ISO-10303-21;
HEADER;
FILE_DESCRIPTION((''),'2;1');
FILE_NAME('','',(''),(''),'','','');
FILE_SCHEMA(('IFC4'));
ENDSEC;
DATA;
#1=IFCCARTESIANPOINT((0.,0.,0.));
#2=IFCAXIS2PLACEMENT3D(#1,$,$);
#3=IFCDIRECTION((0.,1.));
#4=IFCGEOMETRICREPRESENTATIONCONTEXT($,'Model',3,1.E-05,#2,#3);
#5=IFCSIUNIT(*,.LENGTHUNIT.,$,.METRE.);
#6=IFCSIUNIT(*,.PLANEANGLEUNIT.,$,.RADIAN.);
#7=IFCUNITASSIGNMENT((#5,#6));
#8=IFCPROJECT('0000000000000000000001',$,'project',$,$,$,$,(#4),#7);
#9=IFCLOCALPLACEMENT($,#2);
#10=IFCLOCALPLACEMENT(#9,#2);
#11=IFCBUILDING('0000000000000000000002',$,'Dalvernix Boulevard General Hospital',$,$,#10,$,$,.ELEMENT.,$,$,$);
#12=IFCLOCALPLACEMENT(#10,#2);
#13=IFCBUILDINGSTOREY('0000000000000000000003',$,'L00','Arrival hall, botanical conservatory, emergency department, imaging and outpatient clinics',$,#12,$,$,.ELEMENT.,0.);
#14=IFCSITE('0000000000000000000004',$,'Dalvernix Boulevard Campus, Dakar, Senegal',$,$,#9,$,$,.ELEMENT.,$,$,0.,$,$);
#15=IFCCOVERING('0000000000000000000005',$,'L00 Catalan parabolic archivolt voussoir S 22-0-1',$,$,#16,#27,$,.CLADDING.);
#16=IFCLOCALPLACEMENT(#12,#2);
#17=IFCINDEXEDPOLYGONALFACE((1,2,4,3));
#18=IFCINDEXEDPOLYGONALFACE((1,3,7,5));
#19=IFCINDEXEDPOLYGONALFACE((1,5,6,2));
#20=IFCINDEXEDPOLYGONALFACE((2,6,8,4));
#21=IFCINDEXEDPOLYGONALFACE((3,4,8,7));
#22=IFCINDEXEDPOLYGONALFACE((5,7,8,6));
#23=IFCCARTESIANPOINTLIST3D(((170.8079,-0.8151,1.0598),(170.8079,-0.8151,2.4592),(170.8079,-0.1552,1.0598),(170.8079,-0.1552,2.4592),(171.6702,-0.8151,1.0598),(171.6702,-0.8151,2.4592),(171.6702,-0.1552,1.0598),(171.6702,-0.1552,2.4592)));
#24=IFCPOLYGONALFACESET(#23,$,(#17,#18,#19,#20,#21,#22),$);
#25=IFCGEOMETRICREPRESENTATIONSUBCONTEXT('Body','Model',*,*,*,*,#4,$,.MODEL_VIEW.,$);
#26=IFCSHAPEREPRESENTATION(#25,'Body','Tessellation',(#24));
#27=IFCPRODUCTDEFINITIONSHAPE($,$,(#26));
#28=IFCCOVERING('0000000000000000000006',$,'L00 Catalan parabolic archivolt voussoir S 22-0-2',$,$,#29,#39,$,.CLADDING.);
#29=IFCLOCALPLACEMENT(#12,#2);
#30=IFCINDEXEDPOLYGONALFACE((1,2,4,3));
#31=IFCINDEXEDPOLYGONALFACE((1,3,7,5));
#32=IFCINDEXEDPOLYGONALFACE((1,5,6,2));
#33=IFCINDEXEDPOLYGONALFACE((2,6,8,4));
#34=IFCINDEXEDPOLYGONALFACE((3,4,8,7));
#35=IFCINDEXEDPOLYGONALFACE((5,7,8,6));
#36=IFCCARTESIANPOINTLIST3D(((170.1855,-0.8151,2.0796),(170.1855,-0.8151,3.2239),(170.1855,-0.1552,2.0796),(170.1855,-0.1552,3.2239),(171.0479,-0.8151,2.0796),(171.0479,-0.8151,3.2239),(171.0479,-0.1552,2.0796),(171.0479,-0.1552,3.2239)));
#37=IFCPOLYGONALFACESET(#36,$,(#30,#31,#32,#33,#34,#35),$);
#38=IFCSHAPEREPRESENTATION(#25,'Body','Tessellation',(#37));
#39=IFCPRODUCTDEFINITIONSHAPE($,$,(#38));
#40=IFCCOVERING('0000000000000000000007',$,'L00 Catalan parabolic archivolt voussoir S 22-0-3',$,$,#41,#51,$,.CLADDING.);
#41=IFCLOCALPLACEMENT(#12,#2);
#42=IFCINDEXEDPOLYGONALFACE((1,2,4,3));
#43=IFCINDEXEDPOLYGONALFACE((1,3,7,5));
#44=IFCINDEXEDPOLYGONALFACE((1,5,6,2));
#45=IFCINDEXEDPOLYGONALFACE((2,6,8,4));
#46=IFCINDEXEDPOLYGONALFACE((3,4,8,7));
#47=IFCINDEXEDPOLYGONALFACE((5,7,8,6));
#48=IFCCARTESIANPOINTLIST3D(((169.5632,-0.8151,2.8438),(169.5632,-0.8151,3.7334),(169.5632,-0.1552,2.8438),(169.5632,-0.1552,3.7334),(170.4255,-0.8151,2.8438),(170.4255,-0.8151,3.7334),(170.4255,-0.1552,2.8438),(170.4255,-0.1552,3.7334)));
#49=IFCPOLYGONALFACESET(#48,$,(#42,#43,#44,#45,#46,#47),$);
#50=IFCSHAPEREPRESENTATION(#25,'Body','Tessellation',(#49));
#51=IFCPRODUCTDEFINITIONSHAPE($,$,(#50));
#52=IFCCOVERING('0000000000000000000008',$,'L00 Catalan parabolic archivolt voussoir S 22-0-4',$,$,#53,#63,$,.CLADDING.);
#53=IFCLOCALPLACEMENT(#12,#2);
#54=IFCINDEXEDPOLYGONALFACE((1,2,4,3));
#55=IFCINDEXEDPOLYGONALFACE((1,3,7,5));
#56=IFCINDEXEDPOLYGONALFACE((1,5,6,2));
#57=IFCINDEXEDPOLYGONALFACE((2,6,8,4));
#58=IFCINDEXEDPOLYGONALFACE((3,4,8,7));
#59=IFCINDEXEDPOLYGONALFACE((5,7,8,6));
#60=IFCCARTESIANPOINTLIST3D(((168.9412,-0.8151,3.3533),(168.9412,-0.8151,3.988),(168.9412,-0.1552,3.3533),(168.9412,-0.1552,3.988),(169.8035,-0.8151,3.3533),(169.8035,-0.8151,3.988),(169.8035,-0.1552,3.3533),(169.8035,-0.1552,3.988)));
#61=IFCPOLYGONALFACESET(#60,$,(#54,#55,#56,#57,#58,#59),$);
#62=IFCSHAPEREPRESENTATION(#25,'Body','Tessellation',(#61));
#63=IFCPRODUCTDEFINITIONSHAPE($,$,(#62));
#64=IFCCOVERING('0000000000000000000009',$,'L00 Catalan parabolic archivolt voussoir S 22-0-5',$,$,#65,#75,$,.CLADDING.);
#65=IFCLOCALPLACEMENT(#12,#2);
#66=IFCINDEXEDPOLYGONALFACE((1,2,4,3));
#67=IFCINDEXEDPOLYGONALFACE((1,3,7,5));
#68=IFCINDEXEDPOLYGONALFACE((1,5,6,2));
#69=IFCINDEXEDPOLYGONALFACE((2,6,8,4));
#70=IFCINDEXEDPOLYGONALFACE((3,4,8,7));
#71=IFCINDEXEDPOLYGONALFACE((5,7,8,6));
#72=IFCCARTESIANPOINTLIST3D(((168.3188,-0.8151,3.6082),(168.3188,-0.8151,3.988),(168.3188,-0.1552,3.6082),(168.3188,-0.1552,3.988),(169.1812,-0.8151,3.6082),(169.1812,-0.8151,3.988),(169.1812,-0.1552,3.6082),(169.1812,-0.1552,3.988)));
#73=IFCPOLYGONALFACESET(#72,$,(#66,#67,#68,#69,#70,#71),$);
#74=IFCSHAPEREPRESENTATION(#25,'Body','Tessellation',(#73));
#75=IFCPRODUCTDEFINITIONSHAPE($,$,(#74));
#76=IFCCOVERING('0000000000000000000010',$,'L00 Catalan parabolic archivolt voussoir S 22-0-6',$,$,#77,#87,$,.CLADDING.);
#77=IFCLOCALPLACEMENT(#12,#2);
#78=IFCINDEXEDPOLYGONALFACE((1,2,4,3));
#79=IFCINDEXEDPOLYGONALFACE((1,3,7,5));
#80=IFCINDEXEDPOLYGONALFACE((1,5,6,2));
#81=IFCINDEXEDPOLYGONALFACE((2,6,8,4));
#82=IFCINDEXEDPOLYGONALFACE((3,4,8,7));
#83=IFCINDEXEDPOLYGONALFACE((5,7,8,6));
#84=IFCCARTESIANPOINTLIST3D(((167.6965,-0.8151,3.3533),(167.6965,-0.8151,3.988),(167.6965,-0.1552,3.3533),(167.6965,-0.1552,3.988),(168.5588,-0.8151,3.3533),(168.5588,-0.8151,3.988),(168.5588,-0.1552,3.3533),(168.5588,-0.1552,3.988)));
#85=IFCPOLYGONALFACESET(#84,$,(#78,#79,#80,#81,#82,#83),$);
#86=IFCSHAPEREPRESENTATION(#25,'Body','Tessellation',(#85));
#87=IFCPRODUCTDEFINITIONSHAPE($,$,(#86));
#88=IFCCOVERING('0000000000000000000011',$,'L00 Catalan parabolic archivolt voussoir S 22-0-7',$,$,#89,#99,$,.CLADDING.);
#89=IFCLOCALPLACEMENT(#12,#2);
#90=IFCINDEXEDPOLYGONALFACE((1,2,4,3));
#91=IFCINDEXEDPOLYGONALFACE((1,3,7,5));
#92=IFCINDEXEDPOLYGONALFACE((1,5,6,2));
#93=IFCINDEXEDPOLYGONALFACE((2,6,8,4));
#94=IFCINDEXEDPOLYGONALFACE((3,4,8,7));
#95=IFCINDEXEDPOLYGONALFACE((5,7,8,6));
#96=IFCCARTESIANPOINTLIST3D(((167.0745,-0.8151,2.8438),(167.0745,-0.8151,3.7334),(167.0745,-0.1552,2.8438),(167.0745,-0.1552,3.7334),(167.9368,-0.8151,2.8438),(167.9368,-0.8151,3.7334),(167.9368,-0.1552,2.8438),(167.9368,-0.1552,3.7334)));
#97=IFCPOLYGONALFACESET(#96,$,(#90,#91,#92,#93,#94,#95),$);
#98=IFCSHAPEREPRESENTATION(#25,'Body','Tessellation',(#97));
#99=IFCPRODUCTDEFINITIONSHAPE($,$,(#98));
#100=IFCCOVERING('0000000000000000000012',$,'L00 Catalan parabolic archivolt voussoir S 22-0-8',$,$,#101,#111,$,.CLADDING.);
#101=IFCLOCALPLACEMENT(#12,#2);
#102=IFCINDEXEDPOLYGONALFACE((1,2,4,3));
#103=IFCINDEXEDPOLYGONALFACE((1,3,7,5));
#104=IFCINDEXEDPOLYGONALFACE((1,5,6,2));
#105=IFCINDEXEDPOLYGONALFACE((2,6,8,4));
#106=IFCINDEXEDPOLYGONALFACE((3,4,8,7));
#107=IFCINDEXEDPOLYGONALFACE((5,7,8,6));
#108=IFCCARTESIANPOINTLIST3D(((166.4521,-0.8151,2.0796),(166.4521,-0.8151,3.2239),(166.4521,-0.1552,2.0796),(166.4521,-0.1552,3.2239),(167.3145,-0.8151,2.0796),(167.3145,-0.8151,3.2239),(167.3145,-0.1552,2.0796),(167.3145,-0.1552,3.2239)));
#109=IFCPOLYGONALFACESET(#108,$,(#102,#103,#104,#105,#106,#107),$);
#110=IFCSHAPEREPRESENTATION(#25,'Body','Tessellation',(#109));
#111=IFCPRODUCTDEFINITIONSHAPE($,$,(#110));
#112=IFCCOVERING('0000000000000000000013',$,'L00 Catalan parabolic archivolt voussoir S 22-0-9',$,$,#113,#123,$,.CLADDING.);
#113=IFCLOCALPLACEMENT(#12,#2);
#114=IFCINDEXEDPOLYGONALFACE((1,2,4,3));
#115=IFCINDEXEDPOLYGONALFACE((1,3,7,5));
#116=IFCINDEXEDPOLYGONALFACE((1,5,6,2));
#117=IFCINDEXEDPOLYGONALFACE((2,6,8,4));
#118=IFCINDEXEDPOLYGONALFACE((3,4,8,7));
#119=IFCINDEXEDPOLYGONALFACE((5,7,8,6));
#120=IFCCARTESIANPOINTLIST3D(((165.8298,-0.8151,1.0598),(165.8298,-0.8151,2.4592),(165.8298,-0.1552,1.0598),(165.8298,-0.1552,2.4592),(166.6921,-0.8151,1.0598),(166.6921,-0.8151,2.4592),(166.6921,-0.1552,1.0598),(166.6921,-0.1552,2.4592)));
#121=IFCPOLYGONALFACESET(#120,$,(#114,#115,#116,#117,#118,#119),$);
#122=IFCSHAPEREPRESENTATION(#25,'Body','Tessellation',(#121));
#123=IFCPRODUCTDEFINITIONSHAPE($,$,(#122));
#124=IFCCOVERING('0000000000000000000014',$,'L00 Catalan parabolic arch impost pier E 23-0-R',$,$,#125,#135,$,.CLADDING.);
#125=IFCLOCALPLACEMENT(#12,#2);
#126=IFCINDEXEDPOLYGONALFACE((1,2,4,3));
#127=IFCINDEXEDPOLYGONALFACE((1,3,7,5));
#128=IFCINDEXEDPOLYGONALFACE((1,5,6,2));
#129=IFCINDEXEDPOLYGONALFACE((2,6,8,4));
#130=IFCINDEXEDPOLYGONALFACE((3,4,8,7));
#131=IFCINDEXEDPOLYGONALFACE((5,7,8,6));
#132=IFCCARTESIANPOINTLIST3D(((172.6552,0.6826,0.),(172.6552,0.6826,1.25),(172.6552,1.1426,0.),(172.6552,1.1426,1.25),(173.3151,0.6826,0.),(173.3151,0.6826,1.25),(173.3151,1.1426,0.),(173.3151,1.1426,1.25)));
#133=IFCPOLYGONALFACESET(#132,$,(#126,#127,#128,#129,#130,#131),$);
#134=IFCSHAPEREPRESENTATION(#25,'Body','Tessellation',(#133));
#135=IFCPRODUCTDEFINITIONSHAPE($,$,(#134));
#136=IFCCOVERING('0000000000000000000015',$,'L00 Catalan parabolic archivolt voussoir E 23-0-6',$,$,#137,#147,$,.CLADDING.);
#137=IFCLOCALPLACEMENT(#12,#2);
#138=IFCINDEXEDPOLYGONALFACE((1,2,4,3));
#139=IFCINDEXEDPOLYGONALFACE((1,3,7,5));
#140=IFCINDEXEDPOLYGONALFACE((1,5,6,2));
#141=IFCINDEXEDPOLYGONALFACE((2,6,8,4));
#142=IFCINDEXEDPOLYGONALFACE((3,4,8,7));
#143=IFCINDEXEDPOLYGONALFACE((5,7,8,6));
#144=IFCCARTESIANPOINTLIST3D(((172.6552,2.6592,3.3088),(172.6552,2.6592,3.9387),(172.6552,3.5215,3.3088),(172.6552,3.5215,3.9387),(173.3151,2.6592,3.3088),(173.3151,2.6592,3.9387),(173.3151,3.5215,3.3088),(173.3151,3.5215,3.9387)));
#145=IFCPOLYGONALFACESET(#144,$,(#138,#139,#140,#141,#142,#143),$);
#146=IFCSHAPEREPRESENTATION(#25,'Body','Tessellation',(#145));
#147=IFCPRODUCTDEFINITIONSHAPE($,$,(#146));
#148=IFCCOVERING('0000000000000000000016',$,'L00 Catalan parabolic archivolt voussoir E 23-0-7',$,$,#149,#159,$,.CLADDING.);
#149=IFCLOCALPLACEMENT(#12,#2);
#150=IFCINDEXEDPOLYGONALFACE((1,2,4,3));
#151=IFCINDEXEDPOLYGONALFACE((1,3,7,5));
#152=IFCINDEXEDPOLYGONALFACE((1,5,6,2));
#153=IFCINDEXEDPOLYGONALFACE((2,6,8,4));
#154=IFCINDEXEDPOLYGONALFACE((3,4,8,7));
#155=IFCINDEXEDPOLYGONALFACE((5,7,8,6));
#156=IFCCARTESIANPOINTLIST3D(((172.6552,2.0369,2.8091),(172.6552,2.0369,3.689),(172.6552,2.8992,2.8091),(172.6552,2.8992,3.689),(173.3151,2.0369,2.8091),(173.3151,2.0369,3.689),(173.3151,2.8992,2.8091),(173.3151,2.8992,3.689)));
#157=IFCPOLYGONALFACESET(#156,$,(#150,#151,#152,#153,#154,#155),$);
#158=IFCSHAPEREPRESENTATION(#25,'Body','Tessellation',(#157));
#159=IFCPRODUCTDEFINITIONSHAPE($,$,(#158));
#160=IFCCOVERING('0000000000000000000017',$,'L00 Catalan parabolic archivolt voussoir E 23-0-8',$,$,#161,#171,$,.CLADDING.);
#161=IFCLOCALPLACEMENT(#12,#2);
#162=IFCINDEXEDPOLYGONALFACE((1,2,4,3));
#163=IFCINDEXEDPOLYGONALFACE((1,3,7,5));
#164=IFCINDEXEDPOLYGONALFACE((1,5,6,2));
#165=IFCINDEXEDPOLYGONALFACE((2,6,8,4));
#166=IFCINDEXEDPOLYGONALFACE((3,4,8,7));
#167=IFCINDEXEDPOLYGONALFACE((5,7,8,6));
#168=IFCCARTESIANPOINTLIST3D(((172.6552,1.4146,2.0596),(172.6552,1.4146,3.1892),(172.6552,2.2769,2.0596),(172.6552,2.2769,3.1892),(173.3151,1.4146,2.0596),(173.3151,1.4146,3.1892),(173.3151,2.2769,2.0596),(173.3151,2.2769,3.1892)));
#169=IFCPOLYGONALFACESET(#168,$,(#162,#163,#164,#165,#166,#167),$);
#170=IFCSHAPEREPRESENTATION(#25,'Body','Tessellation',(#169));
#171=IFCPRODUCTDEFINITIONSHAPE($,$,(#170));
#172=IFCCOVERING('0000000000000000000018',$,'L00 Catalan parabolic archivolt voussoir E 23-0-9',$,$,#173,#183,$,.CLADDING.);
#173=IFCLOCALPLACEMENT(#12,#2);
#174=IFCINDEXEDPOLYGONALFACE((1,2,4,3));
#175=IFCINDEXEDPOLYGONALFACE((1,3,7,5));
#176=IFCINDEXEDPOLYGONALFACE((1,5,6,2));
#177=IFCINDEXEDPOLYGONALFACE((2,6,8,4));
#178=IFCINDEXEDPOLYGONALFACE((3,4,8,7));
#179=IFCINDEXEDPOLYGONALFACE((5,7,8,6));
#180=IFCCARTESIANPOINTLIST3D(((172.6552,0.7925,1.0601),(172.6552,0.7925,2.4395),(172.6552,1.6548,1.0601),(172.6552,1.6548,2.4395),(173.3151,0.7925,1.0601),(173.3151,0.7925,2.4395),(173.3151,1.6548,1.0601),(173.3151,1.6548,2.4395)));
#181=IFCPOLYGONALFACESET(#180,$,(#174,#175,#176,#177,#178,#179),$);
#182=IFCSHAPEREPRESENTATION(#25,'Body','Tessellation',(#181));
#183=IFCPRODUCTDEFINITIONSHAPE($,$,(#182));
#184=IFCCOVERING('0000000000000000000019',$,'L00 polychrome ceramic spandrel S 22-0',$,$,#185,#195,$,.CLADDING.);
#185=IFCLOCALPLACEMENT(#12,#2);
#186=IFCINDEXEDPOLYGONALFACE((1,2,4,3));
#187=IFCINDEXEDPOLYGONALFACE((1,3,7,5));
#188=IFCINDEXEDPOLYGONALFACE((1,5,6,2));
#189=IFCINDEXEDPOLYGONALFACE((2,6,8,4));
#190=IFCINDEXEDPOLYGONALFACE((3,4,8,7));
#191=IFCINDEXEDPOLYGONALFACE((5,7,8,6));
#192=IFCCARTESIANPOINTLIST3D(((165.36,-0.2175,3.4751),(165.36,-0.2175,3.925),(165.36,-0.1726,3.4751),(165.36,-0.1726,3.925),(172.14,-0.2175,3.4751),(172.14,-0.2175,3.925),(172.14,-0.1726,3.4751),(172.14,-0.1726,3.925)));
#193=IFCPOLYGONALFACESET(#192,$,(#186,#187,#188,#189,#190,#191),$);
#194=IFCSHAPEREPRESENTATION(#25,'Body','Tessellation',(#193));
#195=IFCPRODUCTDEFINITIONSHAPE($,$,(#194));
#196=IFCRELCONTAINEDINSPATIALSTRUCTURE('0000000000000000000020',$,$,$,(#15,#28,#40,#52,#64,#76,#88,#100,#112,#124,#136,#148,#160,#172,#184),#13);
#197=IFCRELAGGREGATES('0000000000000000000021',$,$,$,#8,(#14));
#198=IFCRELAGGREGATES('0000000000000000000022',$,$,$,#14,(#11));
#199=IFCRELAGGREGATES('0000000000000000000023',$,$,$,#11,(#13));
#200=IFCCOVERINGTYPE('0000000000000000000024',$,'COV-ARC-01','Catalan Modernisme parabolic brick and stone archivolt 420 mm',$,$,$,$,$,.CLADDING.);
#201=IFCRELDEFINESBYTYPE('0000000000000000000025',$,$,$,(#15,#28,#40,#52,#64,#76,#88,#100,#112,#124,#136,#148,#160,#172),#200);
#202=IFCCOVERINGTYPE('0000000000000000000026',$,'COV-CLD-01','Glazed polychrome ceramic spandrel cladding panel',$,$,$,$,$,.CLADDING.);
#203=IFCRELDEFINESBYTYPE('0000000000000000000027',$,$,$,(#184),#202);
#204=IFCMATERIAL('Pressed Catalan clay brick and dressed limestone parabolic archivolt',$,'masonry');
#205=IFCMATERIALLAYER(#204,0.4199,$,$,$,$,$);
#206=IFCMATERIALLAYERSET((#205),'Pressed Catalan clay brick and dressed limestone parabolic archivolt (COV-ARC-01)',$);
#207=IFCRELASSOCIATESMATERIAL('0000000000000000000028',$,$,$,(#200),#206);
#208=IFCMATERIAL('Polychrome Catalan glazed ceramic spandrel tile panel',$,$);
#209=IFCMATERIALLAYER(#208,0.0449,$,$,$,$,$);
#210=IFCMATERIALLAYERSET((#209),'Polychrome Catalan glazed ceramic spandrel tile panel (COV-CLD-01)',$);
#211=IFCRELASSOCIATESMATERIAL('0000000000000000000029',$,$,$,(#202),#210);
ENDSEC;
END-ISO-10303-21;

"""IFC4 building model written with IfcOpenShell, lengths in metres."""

from ifc_helpers import new_model, si_unit, direction, frame, origin, origin_2d, place, context, subcontext, project, spatial, rectangle, extrude, material, layer, layer_set, type_object, element, save


model = new_model("IFC4")

# Units and contexts
model_context = context("Model", 3, precision=1e-05, world=origin(), true_north=direction((0.0, 1.0)))
body_context = subcontext(model_context, "Body", "Model", "MODEL_VIEW")
ifc_project = project(units=[si_unit("LENGTHUNIT", "METRE"), si_unit("PLANEANGLEUNIT", "RADIAN")], contexts=[model_context])

# Site, building, storey
site_placement = place(None, origin())
site = spatial("IfcSite", under=ifc_project, at=site_placement, Name="Dalvernix Boulevard Campus, Dakar, Senegal", CompositionType="ELEMENT", RefElevation=0.0)
building_placement = place(site_placement, origin())
building = spatial("IfcBuilding", under=site, at=building_placement, Name="Dalvernix Boulevard General Hospital", CompositionType="ELEMENT")
storey_placement = place(building_placement, origin())
storey = spatial("IfcBuildingStorey", under=building, at=storey_placement, Name="L00", Description="Arrival hall, botanical conservatory, emergency department, imaging and outpatient clinics", CompositionType="ELEMENT", Elevation=0.0)

# Coverings
ifc_material_1 = material(Name="Pressed Catalan clay brick and dressed limestone parabolic archivolt", Category="masonry")
ifc_layer_1 = layer(ifc_material_1, 0.4199)
ifc_layer_set_1 = layer_set([ifc_layer_1], Name="Pressed Catalan clay brick and dressed limestone parabolic archivolt (COV-ARC-01)")
covering_type_1 = type_object("IfcCoveringType", Name="COV-ARC-01", Description="Catalan Modernisme parabolic brick and stone archivolt 420 mm", PredefinedType="CLADDING", material=ifc_layer_set_1)
covering_1_placement = place(storey_placement, frame((171.239, -0.4851, 1.0598), z_axis=(0.0, 0.0, 1.0), x_axis=(-1.0, 0.0, 0.0)))
element("IfcCovering", 1, at=covering_1_placement, inside=storey, type_object=covering_type_1, Name="L00 Catalan parabolic archivolt voussoir S 22-0-1", PredefinedType="CLADDING", context=body_context, shape_type="SweptSolid", body=[
    extrude(rectangle(XDim=0.8623, YDim=0.6599, at=origin_2d()), origin(), (0.0, 0.0, 1.0), 1.3994),
])
covering_2_placement = place(storey_placement, frame((170.6167, -0.4851, 2.0796), z_axis=(0.0, 0.0, 1.0), x_axis=(-1.0, 0.0, 0.0)))
element("IfcCovering", 2, at=covering_2_placement, inside=storey, type_object=covering_type_1, Name="L00 Catalan parabolic archivolt voussoir S 22-0-2", PredefinedType="CLADDING", context=body_context, shape_type="SweptSolid", body=[
    extrude(rectangle(XDim=0.8623, YDim=0.6599, at=origin_2d()), origin(), (0.0, 0.0, 1.0), 1.1443),
])
covering_3_placement = place(storey_placement, frame((169.9944, -0.4851, 2.8438), z_axis=(0.0, 0.0, 1.0), x_axis=(-1.0, 0.0, 0.0)))
element("IfcCovering", 3, at=covering_3_placement, inside=storey, type_object=covering_type_1, Name="L00 Catalan parabolic archivolt voussoir S 22-0-3", PredefinedType="CLADDING", context=body_context, shape_type="SweptSolid", body=[
    extrude(rectangle(XDim=0.8623, YDim=0.6599, at=origin_2d()), origin(), (0.0, 0.0, 1.0), 0.8896),
])
covering_4_placement = place(storey_placement, frame((169.3723, -0.4851, 3.3533), z_axis=(0.0, 0.0, 1.0), x_axis=(-1.0, 0.0, 0.0)))
element("IfcCovering", 4, at=covering_4_placement, inside=storey, type_object=covering_type_1, Name="L00 Catalan parabolic archivolt voussoir S 22-0-4", PredefinedType="CLADDING", context=body_context, shape_type="SweptSolid", body=[
    extrude(rectangle(XDim=0.8623, YDim=0.6599, at=origin_2d()), origin(), (0.0, 0.0, 1.0), 0.6348),
])
covering_5_placement = place(storey_placement, frame((168.75, -0.4851, 3.6082), z_axis=(0.0, 0.0, 1.0), x_axis=(-1.0, 0.0, 0.0)))
element("IfcCovering", 5, at=covering_5_placement, inside=storey, type_object=covering_type_1, Name="L00 Catalan parabolic archivolt voussoir S 22-0-5", PredefinedType="CLADDING", context=body_context, shape_type="SweptSolid", body=[
    extrude(rectangle(XDim=0.8623, YDim=0.6599, at=origin_2d()), origin(), (0.0, 0.0, 1.0), 0.3799),
])
covering_6_placement = place(storey_placement, frame((168.1277, -0.4851, 3.3533), z_axis=(0.0, 0.0, 1.0), x_axis=(-1.0, 0.0, 0.0)))
element("IfcCovering", 6, at=covering_6_placement, inside=storey, type_object=covering_type_1, Name="L00 Catalan parabolic archivolt voussoir S 22-0-6", PredefinedType="CLADDING", context=body_context, shape_type="SweptSolid", body=[
    extrude(rectangle(XDim=0.8623, YDim=0.6599, at=origin_2d()), origin(), (0.0, 0.0, 1.0), 0.6348),
])
covering_7_placement = place(storey_placement, frame((167.5056, -0.4851, 2.8438), z_axis=(0.0, 0.0, 1.0), x_axis=(-1.0, 0.0, 0.0)))
element("IfcCovering", 7, at=covering_7_placement, inside=storey, type_object=covering_type_1, Name="L00 Catalan parabolic archivolt voussoir S 22-0-7", PredefinedType="CLADDING", context=body_context, shape_type="SweptSolid", body=[
    extrude(rectangle(XDim=0.8623, YDim=0.6599, at=origin_2d()), origin(), (0.0, 0.0, 1.0), 0.8896),
])
covering_8_placement = place(storey_placement, frame((166.8833, -0.4851, 2.0796), z_axis=(0.0, 0.0, 1.0), x_axis=(-1.0, 0.0, 0.0)))
element("IfcCovering", 8, at=covering_8_placement, inside=storey, type_object=covering_type_1, Name="L00 Catalan parabolic archivolt voussoir S 22-0-8", PredefinedType="CLADDING", context=body_context, shape_type="SweptSolid", body=[
    extrude(rectangle(XDim=0.8623, YDim=0.6599, at=origin_2d()), origin(), (0.0, 0.0, 1.0), 1.1443),
])
covering_9_placement = place(storey_placement, frame((166.261, -0.4851, 1.0598), z_axis=(0.0, 0.0, 1.0), x_axis=(-1.0, 0.0, 0.0)))
element("IfcCovering", 9, at=covering_9_placement, inside=storey, type_object=covering_type_1, Name="L00 Catalan parabolic archivolt voussoir S 22-0-9", PredefinedType="CLADDING", context=body_context, shape_type="SweptSolid", body=[
    extrude(rectangle(XDim=0.8623, YDim=0.6599, at=origin_2d()), origin(), (0.0, 0.0, 1.0), 1.3994),
])
covering_10_placement = place(storey_placement, frame((172.9851, 0.9126, 0.0), z_axis=(0.0, 0.0, 1.0), x_axis=(0.0, -1.0, 0.0)))
element("IfcCovering", 10, at=covering_10_placement, inside=storey, type_object=covering_type_1, Name="L00 Catalan parabolic arch impost pier E 23-0-R", PredefinedType="CLADDING", context=body_context, shape_type="SweptSolid", body=[
    extrude(rectangle(XDim=0.46, YDim=0.6599, at=origin_2d()), origin(), (0.0, 0.0, 1.0), 1.25),
])
covering_11_placement = place(storey_placement, frame((172.9851, 3.0903, 3.3088), z_axis=(0.0, 0.0, 1.0), x_axis=(0.0, -1.0, 0.0)))
element("IfcCovering", 11, at=covering_11_placement, inside=storey, type_object=covering_type_1, Name="L00 Catalan parabolic archivolt voussoir E 23-0-6", PredefinedType="CLADDING", context=body_context, shape_type="SweptSolid", body=[
    extrude(rectangle(XDim=0.8623, YDim=0.6599, at=origin_2d()), origin(), (0.0, 0.0, 1.0), 0.6299),
])
covering_12_placement = place(storey_placement, frame((172.9851, 2.468, 2.8091), z_axis=(0.0, 0.0, 1.0), x_axis=(0.0, -1.0, 0.0)))
element("IfcCovering", 12, at=covering_12_placement, inside=storey, type_object=covering_type_1, Name="L00 Catalan parabolic archivolt voussoir E 23-0-7", PredefinedType="CLADDING", context=body_context, shape_type="SweptSolid", body=[
    extrude(rectangle(XDim=0.8623, YDim=0.6599, at=origin_2d()), origin(), (0.0, 0.0, 1.0), 0.8799),
])
covering_13_placement = place(storey_placement, frame((172.9851, 1.8457, 2.0596), z_axis=(0.0, 0.0, 1.0), x_axis=(0.0, -1.0, 0.0)))
element("IfcCovering", 13, at=covering_13_placement, inside=storey, type_object=covering_type_1, Name="L00 Catalan parabolic archivolt voussoir E 23-0-8", PredefinedType="CLADDING", context=body_context, shape_type="SweptSolid", body=[
    extrude(rectangle(XDim=0.8623, YDim=0.6599, at=origin_2d()), origin(), (0.0, 0.0, 1.0), 1.1296),
])
covering_14_placement = place(storey_placement, frame((172.9851, 1.2236, 1.0601), z_axis=(0.0, 0.0, 1.0), x_axis=(0.0, -1.0, 0.0)))
element("IfcCovering", 14, at=covering_14_placement, inside=storey, type_object=covering_type_1, Name="L00 Catalan parabolic archivolt voussoir E 23-0-9", PredefinedType="CLADDING", context=body_context, shape_type="SweptSolid", body=[
    extrude(rectangle(XDim=0.8623, YDim=0.6599, at=origin_2d()), origin(), (0.0, 0.0, 1.0), 1.3794),
])
ifc_material_2 = material(Name="Polychrome Catalan glazed ceramic spandrel tile panel")
ifc_layer_2 = layer(ifc_material_2, 0.0449)
ifc_layer_set_2 = layer_set([ifc_layer_2], Name="Polychrome Catalan glazed ceramic spandrel tile panel (COV-CLD-01)")
covering_type_2 = type_object("IfcCoveringType", Name="COV-CLD-01", Description="Glazed polychrome ceramic spandrel cladding panel", PredefinedType="CLADDING", material=ifc_layer_set_2)
covering_15_placement = place(storey_placement, frame((168.75, -0.1951, 3.4751), z_axis=(0.0, 0.0, 1.0), x_axis=(-1.0, 0.0, 0.0)))
element("IfcCovering", 15, at=covering_15_placement, inside=storey, type_object=covering_type_2, Name="L00 polychrome ceramic spandrel S 22-0", PredefinedType="CLADDING", context=body_context, shape_type="SweptSolid", body=[
    extrude(rectangle(XDim=6.78, YDim=0.0449, at=origin_2d()), origin(), (0.0, 0.0, 1.0), 0.45),
])

save(model, "model.ifc")
